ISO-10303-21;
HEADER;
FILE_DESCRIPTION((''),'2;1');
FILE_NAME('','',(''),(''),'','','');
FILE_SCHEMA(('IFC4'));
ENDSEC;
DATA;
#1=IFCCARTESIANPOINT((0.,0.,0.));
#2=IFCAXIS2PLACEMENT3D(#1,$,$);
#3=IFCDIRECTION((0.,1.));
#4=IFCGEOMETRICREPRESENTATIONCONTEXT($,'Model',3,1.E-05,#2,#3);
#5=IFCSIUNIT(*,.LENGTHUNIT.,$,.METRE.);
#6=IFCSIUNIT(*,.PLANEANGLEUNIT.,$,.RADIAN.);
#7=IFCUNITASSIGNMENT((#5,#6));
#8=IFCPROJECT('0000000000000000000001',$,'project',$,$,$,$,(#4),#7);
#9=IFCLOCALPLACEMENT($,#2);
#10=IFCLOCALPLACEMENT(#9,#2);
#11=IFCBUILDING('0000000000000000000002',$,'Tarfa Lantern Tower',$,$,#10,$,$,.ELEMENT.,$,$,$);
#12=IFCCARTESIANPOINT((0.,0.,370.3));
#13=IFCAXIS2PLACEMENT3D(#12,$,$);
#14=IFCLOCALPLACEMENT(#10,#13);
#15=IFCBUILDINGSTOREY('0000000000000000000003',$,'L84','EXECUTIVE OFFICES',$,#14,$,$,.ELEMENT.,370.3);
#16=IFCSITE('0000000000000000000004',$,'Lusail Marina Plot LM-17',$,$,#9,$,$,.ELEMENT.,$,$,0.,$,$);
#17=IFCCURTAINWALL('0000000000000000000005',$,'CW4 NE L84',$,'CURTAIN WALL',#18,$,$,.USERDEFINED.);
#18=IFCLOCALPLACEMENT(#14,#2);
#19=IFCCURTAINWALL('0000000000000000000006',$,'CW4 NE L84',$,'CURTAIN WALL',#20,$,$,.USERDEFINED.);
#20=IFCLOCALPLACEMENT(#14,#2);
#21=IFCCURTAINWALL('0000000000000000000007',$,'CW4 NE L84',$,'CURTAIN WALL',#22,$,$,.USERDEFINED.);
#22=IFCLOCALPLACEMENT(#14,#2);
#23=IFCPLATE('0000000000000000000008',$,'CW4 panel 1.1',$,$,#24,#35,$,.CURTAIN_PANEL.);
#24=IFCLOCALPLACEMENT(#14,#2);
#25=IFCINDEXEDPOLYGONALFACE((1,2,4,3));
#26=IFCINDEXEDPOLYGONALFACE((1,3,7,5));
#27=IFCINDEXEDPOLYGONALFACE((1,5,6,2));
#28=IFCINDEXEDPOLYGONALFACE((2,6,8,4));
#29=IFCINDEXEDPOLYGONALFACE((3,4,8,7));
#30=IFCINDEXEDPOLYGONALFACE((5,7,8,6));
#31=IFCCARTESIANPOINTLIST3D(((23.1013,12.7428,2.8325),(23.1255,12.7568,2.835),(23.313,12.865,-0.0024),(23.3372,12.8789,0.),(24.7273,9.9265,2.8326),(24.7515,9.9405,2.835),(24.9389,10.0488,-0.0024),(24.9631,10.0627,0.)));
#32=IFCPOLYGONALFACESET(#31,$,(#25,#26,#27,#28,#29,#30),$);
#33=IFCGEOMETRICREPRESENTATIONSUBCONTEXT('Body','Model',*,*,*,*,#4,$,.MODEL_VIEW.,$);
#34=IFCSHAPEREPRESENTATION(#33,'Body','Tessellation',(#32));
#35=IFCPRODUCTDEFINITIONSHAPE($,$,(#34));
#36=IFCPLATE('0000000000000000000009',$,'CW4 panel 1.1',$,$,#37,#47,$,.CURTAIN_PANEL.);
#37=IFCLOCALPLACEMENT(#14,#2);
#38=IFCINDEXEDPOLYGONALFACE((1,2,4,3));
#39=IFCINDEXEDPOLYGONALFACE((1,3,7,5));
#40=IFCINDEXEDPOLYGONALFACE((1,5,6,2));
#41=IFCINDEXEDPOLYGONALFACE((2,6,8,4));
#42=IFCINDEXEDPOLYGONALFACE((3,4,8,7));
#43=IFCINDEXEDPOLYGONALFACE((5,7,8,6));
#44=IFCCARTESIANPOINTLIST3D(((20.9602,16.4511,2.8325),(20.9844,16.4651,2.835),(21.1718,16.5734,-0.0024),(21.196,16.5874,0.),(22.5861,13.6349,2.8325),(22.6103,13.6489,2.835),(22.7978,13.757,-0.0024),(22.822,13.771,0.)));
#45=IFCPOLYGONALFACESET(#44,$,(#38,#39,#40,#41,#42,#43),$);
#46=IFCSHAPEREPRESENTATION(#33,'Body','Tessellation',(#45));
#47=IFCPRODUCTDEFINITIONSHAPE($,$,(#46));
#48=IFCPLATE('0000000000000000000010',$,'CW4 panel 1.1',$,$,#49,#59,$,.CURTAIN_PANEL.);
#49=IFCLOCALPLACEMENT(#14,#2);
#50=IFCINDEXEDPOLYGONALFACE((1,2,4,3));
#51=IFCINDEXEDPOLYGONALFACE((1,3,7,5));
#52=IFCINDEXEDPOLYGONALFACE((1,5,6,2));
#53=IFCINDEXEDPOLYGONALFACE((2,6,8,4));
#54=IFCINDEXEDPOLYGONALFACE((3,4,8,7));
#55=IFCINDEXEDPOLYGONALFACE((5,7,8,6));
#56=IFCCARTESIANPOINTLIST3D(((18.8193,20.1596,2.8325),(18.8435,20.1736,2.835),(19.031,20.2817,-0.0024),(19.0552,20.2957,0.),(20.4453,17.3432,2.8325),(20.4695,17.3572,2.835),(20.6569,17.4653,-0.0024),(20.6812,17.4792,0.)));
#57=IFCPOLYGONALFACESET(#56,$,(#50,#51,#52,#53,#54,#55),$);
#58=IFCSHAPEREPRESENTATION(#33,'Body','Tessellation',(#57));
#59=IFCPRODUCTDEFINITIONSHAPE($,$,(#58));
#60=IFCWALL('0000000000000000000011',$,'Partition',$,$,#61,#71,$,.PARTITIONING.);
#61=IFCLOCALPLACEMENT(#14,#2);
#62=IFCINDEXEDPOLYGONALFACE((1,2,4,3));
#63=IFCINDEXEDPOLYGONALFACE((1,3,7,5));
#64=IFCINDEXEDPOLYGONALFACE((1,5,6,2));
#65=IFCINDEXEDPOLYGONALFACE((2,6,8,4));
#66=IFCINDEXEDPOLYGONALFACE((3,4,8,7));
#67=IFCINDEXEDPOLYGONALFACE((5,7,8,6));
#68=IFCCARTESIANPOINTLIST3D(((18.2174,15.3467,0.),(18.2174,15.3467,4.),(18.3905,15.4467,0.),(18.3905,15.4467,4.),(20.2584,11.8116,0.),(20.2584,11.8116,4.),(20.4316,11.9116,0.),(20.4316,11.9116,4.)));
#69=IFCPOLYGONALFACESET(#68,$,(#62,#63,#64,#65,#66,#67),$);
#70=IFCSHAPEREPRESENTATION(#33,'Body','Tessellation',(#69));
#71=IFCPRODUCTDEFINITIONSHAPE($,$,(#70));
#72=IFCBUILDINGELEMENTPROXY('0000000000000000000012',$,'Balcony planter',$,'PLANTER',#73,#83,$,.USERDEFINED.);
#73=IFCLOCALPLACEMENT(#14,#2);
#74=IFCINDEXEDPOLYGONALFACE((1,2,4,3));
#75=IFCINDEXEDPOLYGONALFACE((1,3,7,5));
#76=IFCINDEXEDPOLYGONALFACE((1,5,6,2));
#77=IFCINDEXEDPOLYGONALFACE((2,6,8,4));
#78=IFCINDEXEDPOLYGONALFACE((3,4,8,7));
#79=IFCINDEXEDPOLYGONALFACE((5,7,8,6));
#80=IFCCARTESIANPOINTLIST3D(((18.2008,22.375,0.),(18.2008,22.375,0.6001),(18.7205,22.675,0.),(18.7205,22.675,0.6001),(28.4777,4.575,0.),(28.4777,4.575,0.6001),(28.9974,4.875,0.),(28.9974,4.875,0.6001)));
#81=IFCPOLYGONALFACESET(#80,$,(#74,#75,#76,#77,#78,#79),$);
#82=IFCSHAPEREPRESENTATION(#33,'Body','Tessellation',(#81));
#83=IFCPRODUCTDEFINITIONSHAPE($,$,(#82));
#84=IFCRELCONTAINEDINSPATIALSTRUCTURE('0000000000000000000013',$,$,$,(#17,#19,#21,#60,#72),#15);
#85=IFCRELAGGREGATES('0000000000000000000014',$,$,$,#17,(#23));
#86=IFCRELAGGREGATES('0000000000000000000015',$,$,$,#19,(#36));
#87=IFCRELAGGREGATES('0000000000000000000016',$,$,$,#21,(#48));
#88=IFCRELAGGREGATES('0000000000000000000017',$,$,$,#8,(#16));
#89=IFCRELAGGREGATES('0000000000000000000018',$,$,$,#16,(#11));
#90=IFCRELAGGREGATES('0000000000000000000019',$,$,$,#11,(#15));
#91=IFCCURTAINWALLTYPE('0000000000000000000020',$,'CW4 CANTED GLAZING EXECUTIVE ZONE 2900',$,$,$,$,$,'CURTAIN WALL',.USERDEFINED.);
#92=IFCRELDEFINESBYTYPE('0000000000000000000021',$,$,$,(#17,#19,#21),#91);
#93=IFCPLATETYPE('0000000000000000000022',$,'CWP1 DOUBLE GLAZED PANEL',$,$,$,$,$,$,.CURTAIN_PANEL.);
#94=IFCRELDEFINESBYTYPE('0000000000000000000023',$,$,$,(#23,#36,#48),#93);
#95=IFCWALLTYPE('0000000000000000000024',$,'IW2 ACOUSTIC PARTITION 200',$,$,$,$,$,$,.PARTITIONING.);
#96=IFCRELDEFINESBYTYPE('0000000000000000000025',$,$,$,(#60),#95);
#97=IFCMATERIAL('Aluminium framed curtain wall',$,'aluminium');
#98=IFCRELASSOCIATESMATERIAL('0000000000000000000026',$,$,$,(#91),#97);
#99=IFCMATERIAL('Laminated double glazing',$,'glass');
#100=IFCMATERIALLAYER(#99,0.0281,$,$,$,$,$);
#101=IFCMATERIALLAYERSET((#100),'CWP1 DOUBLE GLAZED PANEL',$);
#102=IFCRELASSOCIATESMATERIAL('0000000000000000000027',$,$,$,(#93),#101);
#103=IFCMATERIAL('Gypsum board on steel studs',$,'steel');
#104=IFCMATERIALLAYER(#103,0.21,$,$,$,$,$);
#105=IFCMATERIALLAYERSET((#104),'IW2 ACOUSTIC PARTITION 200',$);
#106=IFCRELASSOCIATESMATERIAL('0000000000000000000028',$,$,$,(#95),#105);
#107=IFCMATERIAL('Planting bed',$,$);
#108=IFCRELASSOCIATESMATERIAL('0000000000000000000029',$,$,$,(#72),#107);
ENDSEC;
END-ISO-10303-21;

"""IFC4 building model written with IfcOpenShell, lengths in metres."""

from ifc_helpers import new_model, si_unit, direction, frame, frame_2d, origin, origin_2d, place, context, subcontext, project, spatial, polyline, rectangle, outline, extrude, material, layer, layer_set, type_object, element, aggregate, save


model = new_model("IFC4")

# Units and contexts
model_context = context("Model", 3, precision=1e-05, world=origin(), true_north=direction((0.0, 1.0)))
body_context = subcontext(model_context, "Body", "Model", "MODEL_VIEW")
ifc_project = project(units=[si_unit("LENGTHUNIT", "METRE"), si_unit("PLANEANGLEUNIT", "RADIAN")], contexts=[model_context])

# Site, building, storey
site_placement = place(None, origin())
site = spatial("IfcSite", under=ifc_project, at=site_placement, Name="Lusail Marina Plot LM-17", CompositionType="ELEMENT", RefElevation=0.0)
building_placement = place(site_placement, origin())
building = spatial("IfcBuilding", under=site, at=building_placement, Name="Tarfa Lantern Tower", CompositionType="ELEMENT")
storey_placement = place(building_placement, frame((0.0, 0.0, 370.3)))
storey = spatial("IfcBuildingStorey", under=building, at=storey_placement, Name="L84", Description="EXECUTIVE OFFICES", CompositionType="ELEMENT", Elevation=370.3)

# Curtain walls
ifc_material_1 = material(Name="Aluminium framed curtain wall", Category="aluminium")
curtain_wall_type = type_object("IfcCurtainWallType", Name="CW4 CANTED GLAZING EXECUTIVE ZONE 2900", ElementType="CURTAIN WALL", PredefinedType="USERDEFINED", material=ifc_material_1)
curtain_wall_1_placement = place(storey_placement, origin())
curtain_wall_1 = element("IfcCurtainWall", 1, at=curtain_wall_1_placement, inside=storey, type_object=curtain_wall_type, Name="CW4 NE L84", ObjectType="CURTAIN WALL", PredefinedType="USERDEFINED")
curtain_wall_2_placement = place(storey_placement, origin())
curtain_wall_2 = element("IfcCurtainWall", 2, at=curtain_wall_2_placement, inside=storey, type_object=curtain_wall_type, Name="CW4 NE L84", ObjectType="CURTAIN WALL", PredefinedType="USERDEFINED")
curtain_wall_3_placement = place(storey_placement, origin())
curtain_wall_3 = element("IfcCurtainWall", 3, at=curtain_wall_3_placement, inside=storey, type_object=curtain_wall_type, Name="CW4 NE L84", ObjectType="CURTAIN WALL", PredefinedType="USERDEFINED")

# Plates
ifc_material_2 = material(Name="Laminated double glazing", Category="glass")
ifc_layer_1 = layer(ifc_material_2, 0.0281)
ifc_layer_set_1 = layer_set([ifc_layer_1], Name="CWP1 DOUBLE GLAZED PANEL")
plate_type = type_object("IfcPlateType", Name="CWP1 DOUBLE GLAZED PANEL", PredefinedType="CURTAIN_PANEL", material=ifc_layer_set_1)
plate_1_placement = place(storey_placement, frame((24.9631, 10.0627, 0.0), z_axis=(0.862826, 0.498151, 0.085893), x_axis=(-0.499999, 0.866026, 0.000002)))
plate_1 = element("IfcPlate", 4, at=plate_1_placement, type_object=plate_type, Name="CW4 panel 1.1", PredefinedType="CURTAIN_PANEL", context=body_context, shape_type="SweptSolid", body=[
    extrude(outline(polyline([(0.0, 0.0), (3.2519, 0.0), (3.252, 2.8455), (-0.0001, 2.8455), (0.0, 0.0)])), origin(), (0.0, 0.0, -1.0), 0.0281),
])
aggregate(curtain_wall_1, [plate_1])
plate_2_placement = place(storey_placement, frame((22.822, 13.771, 0.0), z_axis=(0.862826, 0.498151, 0.085893), x_axis=(-0.499999, 0.866026, -0.000002)))
plate_2 = element("IfcPlate", 5, at=plate_2_placement, type_object=plate_type, Name="CW4 panel 1.1", PredefinedType="CURTAIN_PANEL", context=body_context, shape_type="SweptSolid", body=[
    extrude(outline(polyline([(0.0, 0.0), (3.2521, 0.0), (3.252, 2.8455), (0.0001, 2.8455), (0.0, 0.0)])), origin(), (0.0, 0.0, -1.0), 0.0281),
])
aggregate(curtain_wall_2, [plate_2])
plate_3_placement = place(storey_placement, frame((20.6812, 17.4792, 0.0), z_axis=(0.862837, 0.498136, 0.085872), x_axis=(-0.499982, 0.866036, 0.0)))
plate_3 = element("IfcPlate", 6, at=plate_3_placement, type_object=plate_type, Name="CW4 panel 1.1", PredefinedType="CURTAIN_PANEL", context=body_context, shape_type="SweptSolid", body=[
    extrude(outline(polyline([(0.0, 0.0), (3.2521, 0.0), (3.2522, 2.8455), (0.0001, 2.8455), (0.0, 0.0)])), origin(), (0.0, 0.0, -1.0), 0.0281),
])
aggregate(curtain_wall_3, [plate_3])

# Wall
ifc_material_3 = material(Name="Gypsum board on steel studs", Category="steel")
ifc_layer_2 = layer(ifc_material_3, 0.21)
ifc_layer_set_2 = layer_set([ifc_layer_2], Name="IW2 ACOUSTIC PARTITION 200")
wall_type = type_object("IfcWallType", Name="IW2 ACOUSTIC PARTITION 200", PredefinedType="PARTITIONING", material=ifc_layer_set_2)
wall_placement = place(storey_placement, frame((20.345, 11.8616, 0.0), z_axis=(0.0, 0.0, 1.0), x_axis=(-0.499999, 0.866026, 0.0)))
element("IfcWall", 7, at=wall_placement, inside=storey, type_object=wall_type, Name="Partition", PredefinedType="PARTITIONING", context=body_context, shape_type="SweptSolid", body=[
    extrude(rectangle(XDim=4.082, YDim=0.2, at=frame_2d((2.041, 0.0))), origin(), (0.0, 0.0, 1.0), 4.0),
])

# Building element proxy
ifc_material_4 = material(Name="Planting bed")
proxy_placement = place(storey_placement, frame((23.5991, 13.625, 0.0), z_axis=(0.0, 0.0, 1.0), x_axis=(-0.5, 0.866025, 0.0)))
element("IfcBuildingElementProxy", 8, at=proxy_placement, inside=storey, material=ifc_material_4, Name="Balcony planter", ObjectType="PLANTER", PredefinedType="USERDEFINED", context=body_context, shape_type="SweptSolid", body=[
    extrude(rectangle(XDim=20.5537, YDim=0.6001, at=origin_2d()), origin(), (0.0, 0.0, 1.0), 0.6001),
])

save(model, "model.ifc")
